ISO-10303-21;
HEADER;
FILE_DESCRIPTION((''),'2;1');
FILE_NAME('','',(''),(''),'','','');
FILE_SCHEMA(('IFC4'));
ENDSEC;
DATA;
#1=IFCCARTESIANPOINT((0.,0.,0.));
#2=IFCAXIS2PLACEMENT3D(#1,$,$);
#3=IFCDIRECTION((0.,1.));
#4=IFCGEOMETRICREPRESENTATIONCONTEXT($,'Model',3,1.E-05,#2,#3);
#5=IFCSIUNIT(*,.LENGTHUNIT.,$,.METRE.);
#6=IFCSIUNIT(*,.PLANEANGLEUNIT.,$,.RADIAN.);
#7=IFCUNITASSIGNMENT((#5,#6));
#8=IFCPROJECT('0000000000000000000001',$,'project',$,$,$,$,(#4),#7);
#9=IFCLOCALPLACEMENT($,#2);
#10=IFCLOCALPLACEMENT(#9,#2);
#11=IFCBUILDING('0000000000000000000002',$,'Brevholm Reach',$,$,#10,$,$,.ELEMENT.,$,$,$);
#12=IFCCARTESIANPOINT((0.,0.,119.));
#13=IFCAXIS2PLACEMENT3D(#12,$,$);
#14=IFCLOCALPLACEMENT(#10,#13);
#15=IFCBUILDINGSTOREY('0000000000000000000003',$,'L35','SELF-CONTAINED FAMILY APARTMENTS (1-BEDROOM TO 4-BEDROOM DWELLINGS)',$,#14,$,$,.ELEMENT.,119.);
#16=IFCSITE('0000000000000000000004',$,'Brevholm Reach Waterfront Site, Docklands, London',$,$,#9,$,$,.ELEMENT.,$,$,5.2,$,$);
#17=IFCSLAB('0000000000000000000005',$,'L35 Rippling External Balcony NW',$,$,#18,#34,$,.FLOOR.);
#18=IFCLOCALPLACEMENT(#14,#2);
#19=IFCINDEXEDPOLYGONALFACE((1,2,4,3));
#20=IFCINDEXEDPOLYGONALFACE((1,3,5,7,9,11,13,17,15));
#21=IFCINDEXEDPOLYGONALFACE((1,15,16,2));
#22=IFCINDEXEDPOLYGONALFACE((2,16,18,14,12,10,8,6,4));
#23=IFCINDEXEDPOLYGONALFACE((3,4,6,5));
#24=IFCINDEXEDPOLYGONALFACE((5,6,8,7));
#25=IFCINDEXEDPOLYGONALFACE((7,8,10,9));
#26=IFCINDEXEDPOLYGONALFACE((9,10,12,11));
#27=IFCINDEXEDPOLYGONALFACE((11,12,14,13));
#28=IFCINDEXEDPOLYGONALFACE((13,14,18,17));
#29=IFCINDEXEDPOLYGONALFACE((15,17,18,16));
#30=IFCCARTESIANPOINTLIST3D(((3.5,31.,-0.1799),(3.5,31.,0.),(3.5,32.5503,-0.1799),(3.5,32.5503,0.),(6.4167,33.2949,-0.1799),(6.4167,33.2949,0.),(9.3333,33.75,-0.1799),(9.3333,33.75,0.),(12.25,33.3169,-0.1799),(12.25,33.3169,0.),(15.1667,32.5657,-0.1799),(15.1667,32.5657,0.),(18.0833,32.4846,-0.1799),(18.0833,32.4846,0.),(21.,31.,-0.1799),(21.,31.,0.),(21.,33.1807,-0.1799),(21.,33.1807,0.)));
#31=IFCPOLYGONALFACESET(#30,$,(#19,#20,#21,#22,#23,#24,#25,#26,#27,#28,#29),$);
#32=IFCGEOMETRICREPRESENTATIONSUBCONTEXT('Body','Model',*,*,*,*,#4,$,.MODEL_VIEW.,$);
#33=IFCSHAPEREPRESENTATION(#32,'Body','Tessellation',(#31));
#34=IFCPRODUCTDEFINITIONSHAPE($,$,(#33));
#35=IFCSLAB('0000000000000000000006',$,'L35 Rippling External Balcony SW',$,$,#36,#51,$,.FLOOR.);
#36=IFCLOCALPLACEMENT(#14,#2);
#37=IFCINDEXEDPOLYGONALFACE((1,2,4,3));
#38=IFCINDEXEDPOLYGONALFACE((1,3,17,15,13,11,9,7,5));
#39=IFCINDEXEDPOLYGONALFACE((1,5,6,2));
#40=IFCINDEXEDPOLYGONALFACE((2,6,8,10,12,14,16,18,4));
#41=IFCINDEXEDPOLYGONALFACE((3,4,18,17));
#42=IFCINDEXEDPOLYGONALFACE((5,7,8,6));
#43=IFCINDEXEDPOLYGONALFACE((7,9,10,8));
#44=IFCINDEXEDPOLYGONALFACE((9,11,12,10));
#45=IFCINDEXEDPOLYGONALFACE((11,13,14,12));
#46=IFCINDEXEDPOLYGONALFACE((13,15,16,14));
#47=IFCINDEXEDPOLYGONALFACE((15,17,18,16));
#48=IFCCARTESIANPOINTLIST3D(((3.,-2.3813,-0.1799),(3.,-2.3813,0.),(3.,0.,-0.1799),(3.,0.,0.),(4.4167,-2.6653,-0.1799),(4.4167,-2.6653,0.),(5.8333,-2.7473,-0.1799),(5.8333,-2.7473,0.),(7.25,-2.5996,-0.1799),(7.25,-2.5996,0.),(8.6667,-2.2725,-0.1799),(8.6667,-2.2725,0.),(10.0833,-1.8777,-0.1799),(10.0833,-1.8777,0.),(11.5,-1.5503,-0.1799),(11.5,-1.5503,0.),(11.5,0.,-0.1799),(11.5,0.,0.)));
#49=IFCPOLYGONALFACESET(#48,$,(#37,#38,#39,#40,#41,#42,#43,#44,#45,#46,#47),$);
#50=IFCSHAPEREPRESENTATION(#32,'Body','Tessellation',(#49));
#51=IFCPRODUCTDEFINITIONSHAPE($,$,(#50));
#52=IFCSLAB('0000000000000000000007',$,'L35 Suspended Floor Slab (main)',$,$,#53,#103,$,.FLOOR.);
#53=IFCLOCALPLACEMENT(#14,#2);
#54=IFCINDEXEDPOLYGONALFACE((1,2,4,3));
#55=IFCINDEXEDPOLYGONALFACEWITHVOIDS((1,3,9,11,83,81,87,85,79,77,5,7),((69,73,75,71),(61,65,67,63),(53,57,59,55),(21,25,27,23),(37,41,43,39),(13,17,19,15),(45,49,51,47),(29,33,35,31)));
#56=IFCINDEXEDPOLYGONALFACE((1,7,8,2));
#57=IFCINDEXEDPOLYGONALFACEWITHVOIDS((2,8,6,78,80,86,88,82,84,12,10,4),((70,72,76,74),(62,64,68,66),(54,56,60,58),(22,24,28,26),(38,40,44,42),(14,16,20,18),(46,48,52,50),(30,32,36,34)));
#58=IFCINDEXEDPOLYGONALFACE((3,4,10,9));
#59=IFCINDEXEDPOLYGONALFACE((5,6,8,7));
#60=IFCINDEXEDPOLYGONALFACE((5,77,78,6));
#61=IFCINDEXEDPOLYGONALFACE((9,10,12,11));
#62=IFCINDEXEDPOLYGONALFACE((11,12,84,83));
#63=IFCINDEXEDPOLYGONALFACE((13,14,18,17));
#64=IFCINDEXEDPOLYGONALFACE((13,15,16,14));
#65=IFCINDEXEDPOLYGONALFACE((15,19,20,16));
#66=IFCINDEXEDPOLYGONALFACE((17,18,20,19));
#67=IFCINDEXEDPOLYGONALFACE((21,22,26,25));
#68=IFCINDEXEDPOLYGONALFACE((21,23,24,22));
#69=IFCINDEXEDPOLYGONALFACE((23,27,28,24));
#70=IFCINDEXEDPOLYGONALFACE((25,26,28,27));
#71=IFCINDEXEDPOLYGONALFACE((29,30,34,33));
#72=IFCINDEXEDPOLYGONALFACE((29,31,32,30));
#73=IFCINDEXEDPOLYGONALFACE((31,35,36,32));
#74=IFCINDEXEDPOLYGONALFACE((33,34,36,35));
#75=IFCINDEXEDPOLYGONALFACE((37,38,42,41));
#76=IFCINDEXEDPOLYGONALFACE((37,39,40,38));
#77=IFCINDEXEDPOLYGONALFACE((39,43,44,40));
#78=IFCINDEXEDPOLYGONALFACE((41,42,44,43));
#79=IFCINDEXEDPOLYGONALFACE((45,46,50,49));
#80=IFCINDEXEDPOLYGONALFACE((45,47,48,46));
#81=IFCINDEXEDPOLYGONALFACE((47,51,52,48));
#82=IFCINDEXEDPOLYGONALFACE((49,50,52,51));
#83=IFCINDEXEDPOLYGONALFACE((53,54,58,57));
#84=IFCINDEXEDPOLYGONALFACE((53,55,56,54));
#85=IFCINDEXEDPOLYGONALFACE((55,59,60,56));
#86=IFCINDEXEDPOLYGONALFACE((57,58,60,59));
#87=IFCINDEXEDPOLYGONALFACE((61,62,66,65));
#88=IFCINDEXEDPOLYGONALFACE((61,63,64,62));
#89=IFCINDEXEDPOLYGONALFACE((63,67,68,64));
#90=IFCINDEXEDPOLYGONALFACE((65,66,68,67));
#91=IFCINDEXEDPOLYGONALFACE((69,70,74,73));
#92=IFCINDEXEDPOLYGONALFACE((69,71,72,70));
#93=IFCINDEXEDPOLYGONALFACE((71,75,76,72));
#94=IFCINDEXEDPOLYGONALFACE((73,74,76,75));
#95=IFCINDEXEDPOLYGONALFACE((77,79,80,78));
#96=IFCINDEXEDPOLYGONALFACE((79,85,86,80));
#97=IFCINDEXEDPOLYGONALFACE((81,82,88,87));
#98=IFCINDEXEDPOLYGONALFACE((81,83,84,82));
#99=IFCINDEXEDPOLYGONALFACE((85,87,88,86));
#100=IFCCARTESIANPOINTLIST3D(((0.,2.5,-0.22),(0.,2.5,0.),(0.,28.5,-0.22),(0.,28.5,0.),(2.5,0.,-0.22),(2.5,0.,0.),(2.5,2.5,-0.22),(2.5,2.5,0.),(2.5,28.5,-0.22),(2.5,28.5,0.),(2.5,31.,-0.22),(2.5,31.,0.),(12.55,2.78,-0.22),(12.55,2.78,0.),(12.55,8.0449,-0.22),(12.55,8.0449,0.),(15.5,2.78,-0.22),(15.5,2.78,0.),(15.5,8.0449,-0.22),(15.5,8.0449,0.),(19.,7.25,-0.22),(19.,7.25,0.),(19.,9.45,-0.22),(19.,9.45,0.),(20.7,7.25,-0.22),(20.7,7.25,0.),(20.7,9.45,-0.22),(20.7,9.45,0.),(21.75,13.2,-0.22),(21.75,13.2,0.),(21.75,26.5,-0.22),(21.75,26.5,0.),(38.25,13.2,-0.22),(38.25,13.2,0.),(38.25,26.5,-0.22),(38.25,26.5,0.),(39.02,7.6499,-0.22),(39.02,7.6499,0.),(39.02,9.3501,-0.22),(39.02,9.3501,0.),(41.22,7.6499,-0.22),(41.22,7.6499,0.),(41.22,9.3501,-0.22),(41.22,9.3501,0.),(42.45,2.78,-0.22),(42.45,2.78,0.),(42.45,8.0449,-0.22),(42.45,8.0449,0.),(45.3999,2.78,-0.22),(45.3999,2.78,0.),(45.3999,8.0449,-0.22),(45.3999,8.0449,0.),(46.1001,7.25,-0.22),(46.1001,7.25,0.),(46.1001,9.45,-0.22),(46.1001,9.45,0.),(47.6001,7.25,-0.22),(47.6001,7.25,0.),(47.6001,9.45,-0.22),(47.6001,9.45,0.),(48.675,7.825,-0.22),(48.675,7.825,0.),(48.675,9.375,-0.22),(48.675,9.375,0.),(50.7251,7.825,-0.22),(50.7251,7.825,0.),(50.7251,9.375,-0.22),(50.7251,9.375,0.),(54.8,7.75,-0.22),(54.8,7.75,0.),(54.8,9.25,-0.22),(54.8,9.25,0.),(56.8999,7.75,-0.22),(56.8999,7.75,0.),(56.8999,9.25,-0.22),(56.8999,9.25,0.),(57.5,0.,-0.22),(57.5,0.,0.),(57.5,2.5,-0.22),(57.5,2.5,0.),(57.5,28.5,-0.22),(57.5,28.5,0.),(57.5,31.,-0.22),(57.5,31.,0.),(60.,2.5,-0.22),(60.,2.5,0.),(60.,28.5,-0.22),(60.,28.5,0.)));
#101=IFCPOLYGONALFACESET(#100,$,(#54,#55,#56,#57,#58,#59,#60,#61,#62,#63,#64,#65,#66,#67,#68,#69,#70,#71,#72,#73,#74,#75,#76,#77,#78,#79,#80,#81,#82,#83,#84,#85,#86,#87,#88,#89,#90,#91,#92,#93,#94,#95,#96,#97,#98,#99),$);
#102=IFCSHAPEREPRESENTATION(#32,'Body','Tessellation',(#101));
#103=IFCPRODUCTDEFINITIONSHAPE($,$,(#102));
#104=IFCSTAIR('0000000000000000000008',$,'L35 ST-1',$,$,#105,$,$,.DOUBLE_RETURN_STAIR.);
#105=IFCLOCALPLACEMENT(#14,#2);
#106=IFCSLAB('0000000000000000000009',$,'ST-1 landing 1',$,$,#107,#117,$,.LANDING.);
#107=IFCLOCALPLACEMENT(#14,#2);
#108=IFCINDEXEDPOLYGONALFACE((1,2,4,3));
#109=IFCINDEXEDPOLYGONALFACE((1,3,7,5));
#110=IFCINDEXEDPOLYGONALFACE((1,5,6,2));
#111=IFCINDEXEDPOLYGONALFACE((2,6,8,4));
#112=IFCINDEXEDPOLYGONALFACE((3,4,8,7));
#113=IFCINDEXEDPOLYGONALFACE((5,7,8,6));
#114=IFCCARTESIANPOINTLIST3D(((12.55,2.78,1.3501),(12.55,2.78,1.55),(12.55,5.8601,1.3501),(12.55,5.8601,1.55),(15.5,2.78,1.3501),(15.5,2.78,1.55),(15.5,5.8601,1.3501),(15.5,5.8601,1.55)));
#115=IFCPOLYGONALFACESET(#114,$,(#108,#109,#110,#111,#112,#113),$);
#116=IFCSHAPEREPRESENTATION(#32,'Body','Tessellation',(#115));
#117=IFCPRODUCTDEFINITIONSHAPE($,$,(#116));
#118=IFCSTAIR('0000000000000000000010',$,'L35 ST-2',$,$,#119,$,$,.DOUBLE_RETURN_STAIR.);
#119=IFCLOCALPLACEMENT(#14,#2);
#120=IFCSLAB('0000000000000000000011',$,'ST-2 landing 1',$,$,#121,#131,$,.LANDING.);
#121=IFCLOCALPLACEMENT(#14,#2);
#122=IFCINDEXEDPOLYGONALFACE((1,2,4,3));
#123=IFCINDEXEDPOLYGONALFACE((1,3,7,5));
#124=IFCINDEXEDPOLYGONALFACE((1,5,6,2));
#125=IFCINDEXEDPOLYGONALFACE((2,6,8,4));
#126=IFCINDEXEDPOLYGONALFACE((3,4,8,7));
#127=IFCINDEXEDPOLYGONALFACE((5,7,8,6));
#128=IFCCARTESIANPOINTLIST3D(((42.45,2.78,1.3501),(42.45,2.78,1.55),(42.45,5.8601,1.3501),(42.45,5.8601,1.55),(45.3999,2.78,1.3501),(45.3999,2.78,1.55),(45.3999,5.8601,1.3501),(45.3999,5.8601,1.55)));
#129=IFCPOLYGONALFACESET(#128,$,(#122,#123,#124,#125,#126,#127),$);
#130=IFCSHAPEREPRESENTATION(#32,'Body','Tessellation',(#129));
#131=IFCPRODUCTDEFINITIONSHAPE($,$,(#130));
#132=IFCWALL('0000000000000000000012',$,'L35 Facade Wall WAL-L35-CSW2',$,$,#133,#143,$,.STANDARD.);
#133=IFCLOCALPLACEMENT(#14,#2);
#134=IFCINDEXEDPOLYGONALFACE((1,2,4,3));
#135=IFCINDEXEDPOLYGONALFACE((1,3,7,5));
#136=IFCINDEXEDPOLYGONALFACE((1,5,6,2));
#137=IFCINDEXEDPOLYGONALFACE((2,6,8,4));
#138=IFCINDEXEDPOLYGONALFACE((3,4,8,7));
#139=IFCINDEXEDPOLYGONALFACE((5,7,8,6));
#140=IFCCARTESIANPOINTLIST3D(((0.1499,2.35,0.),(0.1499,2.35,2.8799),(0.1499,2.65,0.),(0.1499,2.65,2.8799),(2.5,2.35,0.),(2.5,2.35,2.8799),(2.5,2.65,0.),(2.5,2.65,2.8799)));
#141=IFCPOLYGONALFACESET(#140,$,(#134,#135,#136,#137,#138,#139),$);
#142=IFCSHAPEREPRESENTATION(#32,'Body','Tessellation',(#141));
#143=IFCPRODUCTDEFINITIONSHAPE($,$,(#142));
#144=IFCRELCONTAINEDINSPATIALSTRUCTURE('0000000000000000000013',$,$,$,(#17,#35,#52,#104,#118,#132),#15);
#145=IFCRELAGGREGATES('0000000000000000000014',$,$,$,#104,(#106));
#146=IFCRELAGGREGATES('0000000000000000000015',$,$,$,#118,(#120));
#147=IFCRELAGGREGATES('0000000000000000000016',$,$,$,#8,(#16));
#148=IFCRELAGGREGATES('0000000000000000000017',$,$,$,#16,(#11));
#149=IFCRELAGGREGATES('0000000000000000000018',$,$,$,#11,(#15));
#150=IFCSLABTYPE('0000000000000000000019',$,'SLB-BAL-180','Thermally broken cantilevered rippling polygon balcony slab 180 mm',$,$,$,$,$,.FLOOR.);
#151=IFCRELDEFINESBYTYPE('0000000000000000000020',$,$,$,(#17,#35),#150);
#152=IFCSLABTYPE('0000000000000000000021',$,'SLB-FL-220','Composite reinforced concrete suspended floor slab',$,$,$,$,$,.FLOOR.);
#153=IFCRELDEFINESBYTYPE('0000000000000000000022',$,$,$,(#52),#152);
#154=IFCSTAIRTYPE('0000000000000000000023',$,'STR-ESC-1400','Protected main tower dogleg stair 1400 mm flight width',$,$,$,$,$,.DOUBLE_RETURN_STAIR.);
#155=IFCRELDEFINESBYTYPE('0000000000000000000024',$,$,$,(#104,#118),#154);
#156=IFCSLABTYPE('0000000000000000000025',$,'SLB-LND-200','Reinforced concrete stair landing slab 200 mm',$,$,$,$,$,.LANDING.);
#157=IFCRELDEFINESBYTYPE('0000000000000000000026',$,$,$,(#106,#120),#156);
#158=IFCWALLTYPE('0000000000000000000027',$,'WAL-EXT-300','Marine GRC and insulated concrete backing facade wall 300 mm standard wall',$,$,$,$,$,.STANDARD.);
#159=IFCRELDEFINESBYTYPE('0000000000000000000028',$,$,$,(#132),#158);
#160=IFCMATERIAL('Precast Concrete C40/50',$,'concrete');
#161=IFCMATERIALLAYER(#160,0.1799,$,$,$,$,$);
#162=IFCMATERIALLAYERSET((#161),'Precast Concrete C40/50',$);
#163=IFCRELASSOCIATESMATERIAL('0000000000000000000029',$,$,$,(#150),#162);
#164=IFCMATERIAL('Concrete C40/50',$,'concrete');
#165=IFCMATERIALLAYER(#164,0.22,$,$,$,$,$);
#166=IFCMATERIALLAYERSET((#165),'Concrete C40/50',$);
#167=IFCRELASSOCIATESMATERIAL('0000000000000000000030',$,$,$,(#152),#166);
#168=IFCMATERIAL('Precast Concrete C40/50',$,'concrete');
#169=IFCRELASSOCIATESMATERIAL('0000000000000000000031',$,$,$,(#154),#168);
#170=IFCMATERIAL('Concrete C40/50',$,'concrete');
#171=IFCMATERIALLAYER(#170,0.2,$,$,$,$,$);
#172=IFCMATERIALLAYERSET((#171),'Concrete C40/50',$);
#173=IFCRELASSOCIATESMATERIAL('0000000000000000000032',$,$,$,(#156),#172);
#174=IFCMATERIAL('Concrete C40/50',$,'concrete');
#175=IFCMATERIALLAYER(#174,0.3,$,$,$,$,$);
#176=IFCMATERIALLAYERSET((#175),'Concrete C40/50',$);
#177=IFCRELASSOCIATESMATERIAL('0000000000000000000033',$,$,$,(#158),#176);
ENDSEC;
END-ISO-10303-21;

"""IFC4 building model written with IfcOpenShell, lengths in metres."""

from ifc_helpers import new_model, si_unit, direction, frame, frame_2d, origin, place, context, subcontext, project, spatial, polyline, rectangle, outline, extrude, material, layer, layer_set, type_object, element, aggregate, save


model = new_model("IFC4")

# Units and contexts
model_context = context("Model", 3, precision=1e-05, world=origin(), true_north=direction((0.0, 1.0)))
body_context = subcontext(model_context, "Body", "Model", "MODEL_VIEW")
ifc_project = project(units=[si_unit("LENGTHUNIT", "METRE"), si_unit("PLANEANGLEUNIT", "RADIAN")], contexts=[model_context])

# Site, building, storey
site_placement = place(None, origin())
site = spatial("IfcSite", under=ifc_project, at=site_placement, Name="Brevholm Reach Waterfront Site, Docklands, London", CompositionType="ELEMENT", RefElevation=5.2)
building_placement = place(site_placement, origin())
building = spatial("IfcBuilding", under=site, at=building_placement, Name="Brevholm Reach", CompositionType="ELEMENT")
storey_placement = place(building_placement, frame((0.0, 0.0, 119.0)))
storey = spatial("IfcBuildingStorey", under=building, at=storey_placement, Name="L35", Description="SELF-CONTAINED FAMILY APARTMENTS (1-BEDROOM TO 4-BEDROOM DWELLINGS)", CompositionType="ELEMENT", Elevation=119.0)

# Slabs
ifc_material_1 = material(Name="Precast Concrete C40/50", Category="concrete")
ifc_layer_1 = layer(ifc_material_1, 0.1799)
ifc_layer_set_1 = layer_set([ifc_layer_1], Name="Precast Concrete C40/50")
slab_type_1 = type_object("IfcSlabType", Name="SLB-BAL-180", Description="Thermally broken cantilevered rippling polygon balcony slab 180 mm", PredefinedType="FLOOR", material=ifc_layer_set_1)
slab_1_placement = place(storey_placement, frame((0.0, 0.0, -0.1799)))
element("IfcSlab", 1, at=slab_1_placement, inside=storey, type_object=slab_type_1, Name="L35 Rippling External Balcony NW", PredefinedType="FLOOR", context=body_context, shape_type="SweptSolid", body=[
    extrude(outline(polyline([(3.5, 31.0), (21.0, 31.0), (21.0, 33.1807), (18.0833, 32.4846), (15.1667, 32.5657), (12.25, 33.3169), (9.3333, 33.75), (6.4167, 33.2949), (3.5, 32.5503), (3.5, 31.0)])), origin(), (0.0, 0.0, 1.0), 0.1799),
])
slab_2_placement = place(storey_placement, frame((0.0, 0.0, -0.1799)))
element("IfcSlab", 2, at=slab_2_placement, inside=storey, type_object=slab_type_1, Name="L35 Rippling External Balcony SW", PredefinedType="FLOOR", context=body_context, shape_type="SweptSolid", body=[
    extrude(outline(polyline([(3.0, -2.3813), (4.4167, -2.6653), (5.8333, -2.7473), (7.25, -2.5996), (8.6667, -2.2725), (10.0833, -1.8777), (11.5, -1.5503), (11.5, 0.0), (3.0, 0.0), (3.0, -2.3813)])), origin(), (0.0, 0.0, 1.0), 0.1799),
])
ifc_material_2 = material(Name="Concrete C40/50", Category="concrete")
ifc_layer_2 = layer(ifc_material_2, 0.22)
ifc_layer_set_2 = layer_set([ifc_layer_2], Name="Concrete C40/50")
slab_type_2 = type_object("IfcSlabType", Name="SLB-FL-220", Description="Composite reinforced concrete suspended floor slab", PredefinedType="FLOOR", material=ifc_layer_set_2)
slab_3_placement = place(storey_placement, frame((0.0, 0.0, -0.22)))
element("IfcSlab", 3, at=slab_3_placement, inside=storey, type_object=slab_type_2, Name="L35 Suspended Floor Slab (main)", PredefinedType="FLOOR", context=body_context, shape_type="SweptSolid", body=[
    extrude(outline(polyline([(2.5, 0.0), (57.5, 0.0), (57.5, 2.5), (60.0, 2.5), (60.0, 28.5), (57.5, 28.5), (57.5, 31.0), (2.5, 31.0), (2.5, 28.5), (0.0, 28.5), (0.0, 2.5), (2.5, 2.5), (2.5, 0.0)]), holes=[polyline([(21.75, 13.2), (38.25, 13.2), (38.25, 26.5), (21.75, 26.5), (21.75, 13.2)]), polyline([(12.55, 2.78), (15.5, 2.78), (15.5, 8.0449), (12.55, 8.0449), (12.55, 2.78)]), polyline([(42.45, 2.78), (45.3999, 2.78), (45.3999, 8.0449), (42.45, 8.0449), (42.45, 2.78)]), polyline([(19.0, 7.25), (20.7, 7.25), (20.7, 9.45), (19.0, 9.45), (19.0, 7.25)]), polyline([(46.1001, 7.25), (47.6001, 7.25), (47.6001, 9.45), (46.1001, 9.45), (46.1001, 7.25)]), polyline([(48.675, 7.825), (50.7251, 7.825), (50.7251, 9.375), (48.675, 9.375), (48.675, 7.825)]), polyline([(54.8, 7.75), (56.8999, 7.75), (56.8999, 9.25), (54.8, 9.25), (54.8, 7.75)]), polyline([(39.02, 7.6499), (41.22, 7.6499), (41.22, 9.3501), (39.02, 9.3501), (39.02, 7.6499)])]), origin(), (0.0, 0.0, 1.0), 0.22),
])

# Stairs, slabs
ifc_material_3 = material(Name="Precast Concrete C40/50", Category="concrete")
stair_type = type_object("IfcStairType", Name="STR-ESC-1400", Description="Protected main tower dogleg stair 1400 mm flight width", PredefinedType="DOUBLE_RETURN_STAIR", material=ifc_material_3)
stair_1_placement = place(storey_placement, origin())
stair_1 = element("IfcStair", 4, at=stair_1_placement, inside=storey, type_object=stair_type, Name="L35 ST-1", PredefinedType="DOUBLE_RETURN_STAIR")
ifc_material_4 = material(Name="Concrete C40/50", Category="concrete")
ifc_layer_3 = layer(ifc_material_4, 0.2)
ifc_layer_set_3 = layer_set([ifc_layer_3], Name="Concrete C40/50")
slab_type_3 = type_object("IfcSlabType", Name="SLB-LND-200", Description="Reinforced concrete stair landing slab 200 mm", PredefinedType="LANDING", material=ifc_layer_set_3)
slab_4_placement = place(storey_placement, frame((0.0, 0.0, 1.3501)))
slab_4 = element("IfcSlab", 5, at=slab_4_placement, type_object=slab_type_3, Name="ST-1 landing 1", PredefinedType="LANDING", context=body_context, shape_type="SweptSolid", body=[
    extrude(outline(polyline([(12.55, 5.8601), (12.55, 2.78), (15.5, 2.78), (15.5, 5.8601), (12.55, 5.8601)])), origin(), (0.0, 0.0, 1.0), 0.2),
])
aggregate(stair_1, [slab_4])
stair_2_placement = place(storey_placement, origin())
stair_2 = element("IfcStair", 6, at=stair_2_placement, inside=storey, type_object=stair_type, Name="L35 ST-2", PredefinedType="DOUBLE_RETURN_STAIR")
slab_5_placement = place(storey_placement, frame((0.0, 0.0, 1.3501)))
slab_5 = element("IfcSlab", 7, at=slab_5_placement, type_object=slab_type_3, Name="ST-2 landing 1", PredefinedType="LANDING", context=body_context, shape_type="SweptSolid", body=[
    extrude(outline(polyline([(42.45, 5.8601), (42.45, 2.78), (45.3999, 2.78), (45.3999, 5.8601), (42.45, 5.8601)])), origin(), (0.0, 0.0, 1.0), 0.2),
])
aggregate(stair_2, [slab_5])

# Wall
ifc_material_5 = material(Name="Concrete C40/50", Category="concrete")
ifc_layer_4 = layer(ifc_material_5, 0.3)
ifc_layer_set_4 = layer_set([ifc_layer_4], Name="Concrete C40/50")
wall_type_1 = type_object("IfcWallType", Name="WAL-EXT-300", Description="Marine GRC and insulated concrete backing facade wall 300 mm standard wall", PredefinedType="STANDARD", material=ifc_layer_set_4)
wall_1_placement = place(storey_placement, frame((0.1499, 2.5, 0.0), z_axis=(0.0, 0.0, 1.0), x_axis=(1.0, 0.0, 0.0)))
element("IfcWall", 8, at=wall_1_placement, inside=storey, type_object=wall_type_1, Name="L35 Facade Wall WAL-L35-CSW2", PredefinedType="STANDARD", context=body_context, shape_type="SweptSolid", body=[
    extrude(rectangle(XDim=2.3501, YDim=0.3, at=frame_2d((1.175, 0.0))), origin(), (0.0, 0.0, 1.0), 2.8799),
])

save(model, "model.ifc")
